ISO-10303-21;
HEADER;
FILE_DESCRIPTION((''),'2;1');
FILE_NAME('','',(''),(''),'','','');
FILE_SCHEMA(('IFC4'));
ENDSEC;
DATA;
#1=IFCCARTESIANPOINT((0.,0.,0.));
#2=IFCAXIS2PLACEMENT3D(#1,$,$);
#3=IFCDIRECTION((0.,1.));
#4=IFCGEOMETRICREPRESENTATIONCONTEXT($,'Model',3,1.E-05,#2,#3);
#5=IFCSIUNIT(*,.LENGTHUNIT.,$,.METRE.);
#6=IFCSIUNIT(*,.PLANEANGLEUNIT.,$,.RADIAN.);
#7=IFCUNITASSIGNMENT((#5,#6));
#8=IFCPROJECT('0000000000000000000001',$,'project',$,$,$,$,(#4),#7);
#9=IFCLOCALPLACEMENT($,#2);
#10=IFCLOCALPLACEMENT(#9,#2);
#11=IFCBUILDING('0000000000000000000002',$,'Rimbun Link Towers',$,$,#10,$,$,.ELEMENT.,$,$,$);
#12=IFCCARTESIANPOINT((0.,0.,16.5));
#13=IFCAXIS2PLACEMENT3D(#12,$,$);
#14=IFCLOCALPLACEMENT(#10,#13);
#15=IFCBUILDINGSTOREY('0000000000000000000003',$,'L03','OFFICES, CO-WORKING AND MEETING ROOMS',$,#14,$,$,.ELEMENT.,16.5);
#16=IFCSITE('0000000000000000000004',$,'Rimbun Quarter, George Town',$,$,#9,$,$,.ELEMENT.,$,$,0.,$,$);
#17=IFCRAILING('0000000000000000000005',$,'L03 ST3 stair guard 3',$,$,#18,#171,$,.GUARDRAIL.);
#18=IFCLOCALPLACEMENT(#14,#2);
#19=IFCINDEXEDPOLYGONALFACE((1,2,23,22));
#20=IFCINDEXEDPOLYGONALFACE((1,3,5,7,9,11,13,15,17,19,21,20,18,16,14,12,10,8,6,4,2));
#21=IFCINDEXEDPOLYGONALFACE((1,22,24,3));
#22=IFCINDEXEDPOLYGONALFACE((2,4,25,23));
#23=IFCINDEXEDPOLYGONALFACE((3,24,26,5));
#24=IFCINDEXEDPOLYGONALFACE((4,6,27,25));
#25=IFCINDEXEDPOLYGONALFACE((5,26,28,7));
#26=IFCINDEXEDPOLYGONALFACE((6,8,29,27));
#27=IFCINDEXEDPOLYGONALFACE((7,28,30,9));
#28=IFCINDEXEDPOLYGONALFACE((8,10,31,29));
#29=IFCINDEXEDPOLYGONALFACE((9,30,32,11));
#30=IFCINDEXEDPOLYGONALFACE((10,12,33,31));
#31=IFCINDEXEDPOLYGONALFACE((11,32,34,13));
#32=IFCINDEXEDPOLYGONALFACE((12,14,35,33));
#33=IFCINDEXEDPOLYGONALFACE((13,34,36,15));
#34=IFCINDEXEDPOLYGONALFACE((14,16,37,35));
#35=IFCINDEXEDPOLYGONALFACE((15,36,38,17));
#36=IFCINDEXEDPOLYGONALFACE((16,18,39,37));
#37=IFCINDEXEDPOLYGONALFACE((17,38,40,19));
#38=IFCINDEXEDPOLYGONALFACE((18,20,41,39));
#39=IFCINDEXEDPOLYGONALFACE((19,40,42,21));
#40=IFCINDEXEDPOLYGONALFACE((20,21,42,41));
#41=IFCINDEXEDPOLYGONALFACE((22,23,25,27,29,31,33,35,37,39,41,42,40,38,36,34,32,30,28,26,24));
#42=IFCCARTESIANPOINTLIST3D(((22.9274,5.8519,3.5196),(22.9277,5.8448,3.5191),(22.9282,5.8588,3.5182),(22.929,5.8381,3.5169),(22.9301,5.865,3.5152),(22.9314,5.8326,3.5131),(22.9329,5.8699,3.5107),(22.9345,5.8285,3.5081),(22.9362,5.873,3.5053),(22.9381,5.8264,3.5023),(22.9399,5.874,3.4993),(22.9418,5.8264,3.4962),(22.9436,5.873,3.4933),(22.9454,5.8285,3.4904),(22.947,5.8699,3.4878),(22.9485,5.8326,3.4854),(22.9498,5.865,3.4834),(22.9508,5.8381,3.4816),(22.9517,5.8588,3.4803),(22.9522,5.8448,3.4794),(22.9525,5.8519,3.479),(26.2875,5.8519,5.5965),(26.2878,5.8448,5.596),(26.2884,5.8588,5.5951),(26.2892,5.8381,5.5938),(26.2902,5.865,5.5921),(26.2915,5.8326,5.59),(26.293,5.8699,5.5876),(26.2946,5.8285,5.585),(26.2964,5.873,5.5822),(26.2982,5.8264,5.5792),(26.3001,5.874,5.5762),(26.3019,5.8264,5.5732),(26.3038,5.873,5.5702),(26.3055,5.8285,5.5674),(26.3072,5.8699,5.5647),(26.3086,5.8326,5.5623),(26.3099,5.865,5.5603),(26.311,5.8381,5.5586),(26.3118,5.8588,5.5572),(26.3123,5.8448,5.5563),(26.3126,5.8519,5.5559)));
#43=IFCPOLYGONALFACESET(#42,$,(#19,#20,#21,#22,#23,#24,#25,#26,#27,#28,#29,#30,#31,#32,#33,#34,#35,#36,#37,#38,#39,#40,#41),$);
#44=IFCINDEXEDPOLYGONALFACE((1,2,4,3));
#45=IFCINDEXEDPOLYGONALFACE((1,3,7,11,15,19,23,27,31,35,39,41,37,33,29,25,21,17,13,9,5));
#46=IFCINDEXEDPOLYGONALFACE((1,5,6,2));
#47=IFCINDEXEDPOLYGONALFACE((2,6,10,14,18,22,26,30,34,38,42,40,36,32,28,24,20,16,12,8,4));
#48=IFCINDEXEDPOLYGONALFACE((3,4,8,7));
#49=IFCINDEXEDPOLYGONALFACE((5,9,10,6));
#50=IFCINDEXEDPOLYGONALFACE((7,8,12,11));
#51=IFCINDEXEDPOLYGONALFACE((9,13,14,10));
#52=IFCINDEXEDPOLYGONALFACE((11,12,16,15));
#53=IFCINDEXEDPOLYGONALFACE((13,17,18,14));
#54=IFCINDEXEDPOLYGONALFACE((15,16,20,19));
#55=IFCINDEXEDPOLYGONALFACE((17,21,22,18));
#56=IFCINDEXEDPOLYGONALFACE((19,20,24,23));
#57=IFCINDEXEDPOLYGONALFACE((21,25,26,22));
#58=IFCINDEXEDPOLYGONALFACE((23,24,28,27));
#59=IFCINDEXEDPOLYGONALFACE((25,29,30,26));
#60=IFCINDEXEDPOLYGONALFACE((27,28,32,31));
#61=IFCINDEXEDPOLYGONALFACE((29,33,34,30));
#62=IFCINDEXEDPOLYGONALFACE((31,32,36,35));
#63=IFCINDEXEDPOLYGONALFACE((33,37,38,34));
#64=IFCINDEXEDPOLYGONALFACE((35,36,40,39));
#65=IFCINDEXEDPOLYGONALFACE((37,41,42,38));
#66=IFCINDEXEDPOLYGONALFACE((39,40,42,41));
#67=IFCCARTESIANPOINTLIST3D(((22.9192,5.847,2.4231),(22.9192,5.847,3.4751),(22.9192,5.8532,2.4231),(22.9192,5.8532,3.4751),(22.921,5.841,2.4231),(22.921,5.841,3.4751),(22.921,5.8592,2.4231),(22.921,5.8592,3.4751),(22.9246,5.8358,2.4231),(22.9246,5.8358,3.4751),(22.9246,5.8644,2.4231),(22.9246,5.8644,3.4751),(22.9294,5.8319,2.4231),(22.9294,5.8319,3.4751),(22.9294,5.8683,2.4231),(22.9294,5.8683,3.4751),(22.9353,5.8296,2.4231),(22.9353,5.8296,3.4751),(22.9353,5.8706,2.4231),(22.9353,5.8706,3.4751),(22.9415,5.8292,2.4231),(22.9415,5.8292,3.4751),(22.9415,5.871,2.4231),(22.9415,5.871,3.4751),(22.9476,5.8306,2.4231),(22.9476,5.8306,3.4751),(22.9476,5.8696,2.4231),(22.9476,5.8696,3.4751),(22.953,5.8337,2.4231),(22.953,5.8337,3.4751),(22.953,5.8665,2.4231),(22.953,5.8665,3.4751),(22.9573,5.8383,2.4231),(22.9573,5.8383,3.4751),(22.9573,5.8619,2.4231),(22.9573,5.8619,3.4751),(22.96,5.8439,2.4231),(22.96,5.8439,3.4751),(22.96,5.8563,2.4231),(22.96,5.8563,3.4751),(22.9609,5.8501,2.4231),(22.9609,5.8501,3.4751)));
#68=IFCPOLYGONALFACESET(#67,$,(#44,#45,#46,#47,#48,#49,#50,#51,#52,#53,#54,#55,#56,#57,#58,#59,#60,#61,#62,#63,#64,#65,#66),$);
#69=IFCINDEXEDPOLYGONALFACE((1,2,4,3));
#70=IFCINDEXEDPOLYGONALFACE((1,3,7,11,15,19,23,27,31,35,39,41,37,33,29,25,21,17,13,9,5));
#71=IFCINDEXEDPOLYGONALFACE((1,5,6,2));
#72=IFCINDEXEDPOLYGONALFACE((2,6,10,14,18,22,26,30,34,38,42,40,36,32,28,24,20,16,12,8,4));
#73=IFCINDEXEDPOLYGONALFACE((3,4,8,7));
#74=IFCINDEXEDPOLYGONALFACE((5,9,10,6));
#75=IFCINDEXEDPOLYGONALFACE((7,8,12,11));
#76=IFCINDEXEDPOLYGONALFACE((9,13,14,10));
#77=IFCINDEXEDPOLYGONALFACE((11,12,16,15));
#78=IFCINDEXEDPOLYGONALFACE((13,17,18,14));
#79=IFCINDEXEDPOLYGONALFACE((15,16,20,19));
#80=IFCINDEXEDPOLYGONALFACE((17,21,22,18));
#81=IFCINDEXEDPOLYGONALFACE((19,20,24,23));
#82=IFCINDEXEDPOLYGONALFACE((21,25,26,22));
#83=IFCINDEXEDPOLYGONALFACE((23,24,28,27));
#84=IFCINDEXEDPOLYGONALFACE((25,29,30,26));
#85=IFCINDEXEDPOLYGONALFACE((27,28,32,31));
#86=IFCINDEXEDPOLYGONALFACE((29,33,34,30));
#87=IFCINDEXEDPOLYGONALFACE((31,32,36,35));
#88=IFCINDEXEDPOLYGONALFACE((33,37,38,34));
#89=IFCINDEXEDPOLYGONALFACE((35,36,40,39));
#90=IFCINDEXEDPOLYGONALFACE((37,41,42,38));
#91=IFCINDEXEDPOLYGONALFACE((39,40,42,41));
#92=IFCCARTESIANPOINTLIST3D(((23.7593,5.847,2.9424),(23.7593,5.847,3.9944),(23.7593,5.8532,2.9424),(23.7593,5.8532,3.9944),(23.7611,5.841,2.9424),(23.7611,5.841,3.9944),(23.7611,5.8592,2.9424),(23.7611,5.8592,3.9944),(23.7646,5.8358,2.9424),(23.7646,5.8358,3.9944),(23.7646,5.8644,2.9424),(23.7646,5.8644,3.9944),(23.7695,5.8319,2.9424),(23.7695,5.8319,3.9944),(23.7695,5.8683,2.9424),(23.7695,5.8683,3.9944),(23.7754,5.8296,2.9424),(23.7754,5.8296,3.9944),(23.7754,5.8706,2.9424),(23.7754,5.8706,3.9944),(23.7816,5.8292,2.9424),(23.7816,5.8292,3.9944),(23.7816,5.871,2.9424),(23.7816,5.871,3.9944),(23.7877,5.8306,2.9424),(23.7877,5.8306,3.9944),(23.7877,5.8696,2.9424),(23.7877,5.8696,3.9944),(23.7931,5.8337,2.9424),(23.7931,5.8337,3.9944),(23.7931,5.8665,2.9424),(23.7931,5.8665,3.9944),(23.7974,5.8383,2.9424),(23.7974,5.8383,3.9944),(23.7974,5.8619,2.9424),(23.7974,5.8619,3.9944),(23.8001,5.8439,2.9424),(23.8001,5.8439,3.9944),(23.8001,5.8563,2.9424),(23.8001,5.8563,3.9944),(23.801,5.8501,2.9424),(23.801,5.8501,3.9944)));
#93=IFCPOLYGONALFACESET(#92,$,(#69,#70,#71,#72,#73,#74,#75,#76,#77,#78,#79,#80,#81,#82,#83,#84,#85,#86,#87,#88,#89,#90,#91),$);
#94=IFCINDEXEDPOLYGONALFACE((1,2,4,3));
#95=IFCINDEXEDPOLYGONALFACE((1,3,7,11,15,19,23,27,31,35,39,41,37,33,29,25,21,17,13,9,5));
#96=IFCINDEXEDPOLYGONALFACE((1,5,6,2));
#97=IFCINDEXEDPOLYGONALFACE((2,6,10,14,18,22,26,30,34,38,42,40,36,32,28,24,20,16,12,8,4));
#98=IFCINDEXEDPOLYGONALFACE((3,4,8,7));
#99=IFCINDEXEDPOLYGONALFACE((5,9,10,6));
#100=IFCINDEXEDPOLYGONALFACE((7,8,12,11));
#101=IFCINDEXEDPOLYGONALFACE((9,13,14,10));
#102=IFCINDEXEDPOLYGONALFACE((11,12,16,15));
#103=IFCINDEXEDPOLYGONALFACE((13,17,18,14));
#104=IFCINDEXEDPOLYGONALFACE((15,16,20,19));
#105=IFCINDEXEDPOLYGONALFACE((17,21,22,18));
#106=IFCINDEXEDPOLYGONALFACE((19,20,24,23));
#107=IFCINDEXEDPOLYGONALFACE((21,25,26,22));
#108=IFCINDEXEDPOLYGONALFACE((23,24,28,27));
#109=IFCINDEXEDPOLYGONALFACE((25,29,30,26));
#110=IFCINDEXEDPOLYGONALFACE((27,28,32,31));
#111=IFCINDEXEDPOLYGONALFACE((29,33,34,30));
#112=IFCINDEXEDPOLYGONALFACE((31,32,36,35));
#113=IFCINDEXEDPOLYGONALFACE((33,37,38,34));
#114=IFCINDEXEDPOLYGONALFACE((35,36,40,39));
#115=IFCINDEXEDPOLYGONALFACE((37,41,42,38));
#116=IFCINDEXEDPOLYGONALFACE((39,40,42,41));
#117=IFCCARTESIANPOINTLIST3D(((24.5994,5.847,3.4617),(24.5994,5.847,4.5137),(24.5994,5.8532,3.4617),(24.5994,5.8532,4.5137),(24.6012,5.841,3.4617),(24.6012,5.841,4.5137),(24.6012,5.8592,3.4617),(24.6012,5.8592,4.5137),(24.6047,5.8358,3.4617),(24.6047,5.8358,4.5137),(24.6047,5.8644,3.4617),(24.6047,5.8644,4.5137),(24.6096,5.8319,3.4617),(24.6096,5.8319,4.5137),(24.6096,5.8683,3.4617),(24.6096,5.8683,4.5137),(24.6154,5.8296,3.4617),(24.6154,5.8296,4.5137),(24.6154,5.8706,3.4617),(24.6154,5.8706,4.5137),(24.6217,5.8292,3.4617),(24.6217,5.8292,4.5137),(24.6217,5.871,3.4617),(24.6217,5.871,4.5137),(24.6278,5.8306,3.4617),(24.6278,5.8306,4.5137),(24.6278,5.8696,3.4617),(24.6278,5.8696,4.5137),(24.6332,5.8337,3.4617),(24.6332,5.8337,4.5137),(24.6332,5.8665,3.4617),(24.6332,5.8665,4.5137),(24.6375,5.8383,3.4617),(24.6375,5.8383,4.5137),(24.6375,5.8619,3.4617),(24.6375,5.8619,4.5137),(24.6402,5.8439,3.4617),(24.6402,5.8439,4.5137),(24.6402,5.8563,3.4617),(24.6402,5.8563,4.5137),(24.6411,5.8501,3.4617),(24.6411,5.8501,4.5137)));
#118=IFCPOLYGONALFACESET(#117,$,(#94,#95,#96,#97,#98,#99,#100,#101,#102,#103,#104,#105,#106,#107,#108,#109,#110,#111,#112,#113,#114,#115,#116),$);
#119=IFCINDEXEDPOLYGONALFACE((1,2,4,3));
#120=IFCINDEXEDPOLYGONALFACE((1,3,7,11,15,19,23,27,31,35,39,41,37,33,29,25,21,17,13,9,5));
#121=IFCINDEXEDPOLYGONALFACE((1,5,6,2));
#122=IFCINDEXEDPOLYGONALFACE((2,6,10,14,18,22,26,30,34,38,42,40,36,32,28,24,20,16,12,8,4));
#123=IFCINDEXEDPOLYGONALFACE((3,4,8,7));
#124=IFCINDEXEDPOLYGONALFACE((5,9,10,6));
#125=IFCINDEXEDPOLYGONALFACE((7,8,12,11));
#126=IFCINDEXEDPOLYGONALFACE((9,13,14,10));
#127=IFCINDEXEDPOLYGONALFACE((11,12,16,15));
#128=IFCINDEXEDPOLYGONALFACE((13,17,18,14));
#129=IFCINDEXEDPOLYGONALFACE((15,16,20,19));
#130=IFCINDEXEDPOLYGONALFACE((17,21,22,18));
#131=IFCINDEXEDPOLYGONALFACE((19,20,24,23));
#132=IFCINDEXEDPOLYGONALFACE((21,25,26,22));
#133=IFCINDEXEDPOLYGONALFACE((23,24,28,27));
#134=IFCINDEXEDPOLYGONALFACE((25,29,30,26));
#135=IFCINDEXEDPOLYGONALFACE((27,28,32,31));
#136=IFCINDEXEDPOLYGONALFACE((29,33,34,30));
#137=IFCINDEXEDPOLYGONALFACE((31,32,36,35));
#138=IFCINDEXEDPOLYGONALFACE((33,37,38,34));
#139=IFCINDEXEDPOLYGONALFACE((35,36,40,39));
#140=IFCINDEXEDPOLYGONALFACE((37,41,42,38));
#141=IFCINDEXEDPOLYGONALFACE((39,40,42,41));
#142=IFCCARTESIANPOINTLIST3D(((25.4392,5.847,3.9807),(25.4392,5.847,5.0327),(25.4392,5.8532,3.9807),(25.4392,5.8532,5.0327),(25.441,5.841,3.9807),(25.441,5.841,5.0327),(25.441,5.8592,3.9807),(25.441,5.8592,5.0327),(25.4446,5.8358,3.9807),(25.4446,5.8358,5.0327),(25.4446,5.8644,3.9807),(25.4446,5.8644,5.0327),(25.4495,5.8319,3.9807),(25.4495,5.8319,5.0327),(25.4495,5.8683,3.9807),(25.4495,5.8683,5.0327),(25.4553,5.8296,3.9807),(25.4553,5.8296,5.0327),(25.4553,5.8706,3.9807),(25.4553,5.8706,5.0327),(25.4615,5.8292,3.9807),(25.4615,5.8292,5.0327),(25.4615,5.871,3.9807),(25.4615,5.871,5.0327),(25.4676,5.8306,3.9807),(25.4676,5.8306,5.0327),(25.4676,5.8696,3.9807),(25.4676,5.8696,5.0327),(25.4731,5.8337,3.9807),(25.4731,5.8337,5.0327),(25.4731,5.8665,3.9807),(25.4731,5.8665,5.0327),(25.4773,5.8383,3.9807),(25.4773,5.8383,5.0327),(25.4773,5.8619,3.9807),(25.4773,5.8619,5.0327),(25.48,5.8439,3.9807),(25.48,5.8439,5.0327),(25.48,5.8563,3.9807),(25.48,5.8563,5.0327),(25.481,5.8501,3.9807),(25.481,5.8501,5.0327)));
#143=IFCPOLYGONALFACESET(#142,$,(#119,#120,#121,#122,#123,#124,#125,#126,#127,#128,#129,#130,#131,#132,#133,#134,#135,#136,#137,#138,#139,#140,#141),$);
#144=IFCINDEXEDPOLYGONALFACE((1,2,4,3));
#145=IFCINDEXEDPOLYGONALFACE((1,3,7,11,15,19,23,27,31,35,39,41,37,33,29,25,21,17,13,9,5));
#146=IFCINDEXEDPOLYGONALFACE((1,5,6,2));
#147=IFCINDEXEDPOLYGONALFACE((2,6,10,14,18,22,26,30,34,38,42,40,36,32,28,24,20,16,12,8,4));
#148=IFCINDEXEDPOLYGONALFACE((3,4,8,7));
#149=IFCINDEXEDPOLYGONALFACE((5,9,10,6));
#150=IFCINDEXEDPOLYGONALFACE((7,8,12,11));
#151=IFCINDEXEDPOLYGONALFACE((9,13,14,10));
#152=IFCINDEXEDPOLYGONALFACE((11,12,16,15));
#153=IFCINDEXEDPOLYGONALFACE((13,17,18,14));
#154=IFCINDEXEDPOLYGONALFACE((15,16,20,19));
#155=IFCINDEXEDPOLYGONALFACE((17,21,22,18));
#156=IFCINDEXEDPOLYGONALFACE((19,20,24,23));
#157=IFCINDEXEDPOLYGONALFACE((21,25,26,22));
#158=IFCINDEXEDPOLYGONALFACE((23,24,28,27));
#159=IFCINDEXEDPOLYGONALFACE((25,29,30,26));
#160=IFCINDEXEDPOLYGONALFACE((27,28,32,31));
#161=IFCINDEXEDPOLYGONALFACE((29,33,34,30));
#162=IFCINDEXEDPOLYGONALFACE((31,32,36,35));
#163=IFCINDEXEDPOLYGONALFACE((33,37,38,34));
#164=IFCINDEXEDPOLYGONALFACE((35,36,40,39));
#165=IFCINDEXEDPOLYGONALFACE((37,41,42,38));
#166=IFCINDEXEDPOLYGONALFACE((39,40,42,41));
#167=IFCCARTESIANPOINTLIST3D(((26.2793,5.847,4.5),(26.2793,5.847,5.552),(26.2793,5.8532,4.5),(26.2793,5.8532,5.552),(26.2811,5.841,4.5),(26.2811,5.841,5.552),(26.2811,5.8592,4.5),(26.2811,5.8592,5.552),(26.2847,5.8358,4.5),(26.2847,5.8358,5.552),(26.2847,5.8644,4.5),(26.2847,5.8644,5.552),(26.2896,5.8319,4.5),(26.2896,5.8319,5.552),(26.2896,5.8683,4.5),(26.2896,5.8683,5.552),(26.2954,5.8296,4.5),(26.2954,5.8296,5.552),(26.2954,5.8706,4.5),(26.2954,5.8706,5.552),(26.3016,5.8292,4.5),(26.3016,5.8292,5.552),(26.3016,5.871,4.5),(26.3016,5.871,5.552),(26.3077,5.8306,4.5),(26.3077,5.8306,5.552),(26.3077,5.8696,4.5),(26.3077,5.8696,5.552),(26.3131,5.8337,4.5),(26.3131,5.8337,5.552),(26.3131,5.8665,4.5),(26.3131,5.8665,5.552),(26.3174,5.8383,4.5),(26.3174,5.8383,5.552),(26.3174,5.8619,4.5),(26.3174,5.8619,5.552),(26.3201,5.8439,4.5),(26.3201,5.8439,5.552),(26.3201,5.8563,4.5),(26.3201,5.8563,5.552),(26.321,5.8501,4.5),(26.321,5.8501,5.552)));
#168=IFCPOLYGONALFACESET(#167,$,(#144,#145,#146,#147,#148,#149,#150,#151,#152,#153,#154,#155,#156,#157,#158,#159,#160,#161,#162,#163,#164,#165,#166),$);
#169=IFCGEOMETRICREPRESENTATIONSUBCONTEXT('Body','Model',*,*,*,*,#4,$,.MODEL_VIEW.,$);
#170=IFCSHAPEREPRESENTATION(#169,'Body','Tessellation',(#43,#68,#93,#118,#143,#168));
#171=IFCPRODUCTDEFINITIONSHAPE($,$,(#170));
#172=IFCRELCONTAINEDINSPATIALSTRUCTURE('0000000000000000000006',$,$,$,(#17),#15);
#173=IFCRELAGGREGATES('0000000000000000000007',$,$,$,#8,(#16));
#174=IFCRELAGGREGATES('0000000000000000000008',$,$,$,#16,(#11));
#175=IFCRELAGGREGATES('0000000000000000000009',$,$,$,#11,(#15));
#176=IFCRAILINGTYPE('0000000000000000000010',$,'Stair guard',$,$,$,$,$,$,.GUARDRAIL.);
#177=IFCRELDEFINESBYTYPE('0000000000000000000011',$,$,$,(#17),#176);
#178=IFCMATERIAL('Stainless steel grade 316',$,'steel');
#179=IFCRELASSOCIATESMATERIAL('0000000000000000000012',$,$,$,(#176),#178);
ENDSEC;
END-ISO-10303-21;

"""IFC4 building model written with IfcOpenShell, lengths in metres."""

from ifc_helpers import new_model, si_unit, direction, frame, origin, origin_2d, place, context, subcontext, project, spatial, circle, extrude, material, type_object, element, save


model = new_model("IFC4")

# Units and contexts
model_context = context("Model", 3, precision=1e-05, world=origin(), true_north=direction((0.0, 1.0)))
body_context = subcontext(model_context, "Body", "Model", "MODEL_VIEW")
ifc_project = project(units=[si_unit("LENGTHUNIT", "METRE"), si_unit("PLANEANGLEUNIT", "RADIAN")], contexts=[model_context])

# Site, building, storey
site_placement = place(None, origin())
site = spatial("IfcSite", under=ifc_project, at=site_placement, Name="Rimbun Quarter, George Town", CompositionType="ELEMENT", RefElevation=0.0)
building_placement = place(site_placement, origin())
building = spatial("IfcBuilding", under=site, at=building_placement, Name="Rimbun Link Towers", CompositionType="ELEMENT")
storey_placement = place(building_placement, frame((0.0, 0.0, 16.5)))
storey = spatial("IfcBuildingStorey", under=building, at=storey_placement, Name="L03", Description="OFFICES, CO-WORKING AND MEETING ROOMS", CompositionType="ELEMENT", Elevation=16.5)

# Railing
ifc_material_1 = material(Name="Stainless steel grade 316", Category="steel")
railing_type_1 = type_object("IfcRailingType", Name="Stair guard", PredefinedType="GUARDRAIL", material=ifc_material_1)
railing_1_placement = place(storey_placement, frame((22.9399, 5.8501, 2.4231)))
element("IfcRailing", 1, at=railing_1_placement, inside=storey, type_object=railing_type_1, Name="L03 ST3 stair guard 3", PredefinedType="GUARDRAIL", context=body_context, shape_type="SweptSolid", body=[
    extrude(circle(Radius=0.0239, at=origin_2d()), frame((0.0, 0.0, 1.0762), z_axis=(0.850623, 0.0, 0.525776), x_axis=(0.0, 1.0, 0.0)), (0.0, 0.0, 1.0), 3.9502),
    extrude(circle(Radius=0.021, at=origin_2d()), origin(), (0.0, 0.0, 1.0), 1.052),
    extrude(circle(Radius=0.021, at=origin_2d()), frame((0.8401, 0.0, 0.5193)), (0.0, 0.0, 1.0), 1.052),
    extrude(circle(Radius=0.021, at=origin_2d()), frame((1.6802, 0.0, 1.0386)), (0.0, 0.0, 1.0), 1.052),
    extrude(circle(Radius=0.021, at=origin_2d()), frame((2.52, 0.0, 1.5576)), (0.0, 0.0, 1.0), 1.052),
    extrude(circle(Radius=0.021, at=origin_2d()), frame((3.3601, 0.0, 2.0769)), (0.0, 0.0, 1.0), 1.052),
])

save(model, "model.ifc")
